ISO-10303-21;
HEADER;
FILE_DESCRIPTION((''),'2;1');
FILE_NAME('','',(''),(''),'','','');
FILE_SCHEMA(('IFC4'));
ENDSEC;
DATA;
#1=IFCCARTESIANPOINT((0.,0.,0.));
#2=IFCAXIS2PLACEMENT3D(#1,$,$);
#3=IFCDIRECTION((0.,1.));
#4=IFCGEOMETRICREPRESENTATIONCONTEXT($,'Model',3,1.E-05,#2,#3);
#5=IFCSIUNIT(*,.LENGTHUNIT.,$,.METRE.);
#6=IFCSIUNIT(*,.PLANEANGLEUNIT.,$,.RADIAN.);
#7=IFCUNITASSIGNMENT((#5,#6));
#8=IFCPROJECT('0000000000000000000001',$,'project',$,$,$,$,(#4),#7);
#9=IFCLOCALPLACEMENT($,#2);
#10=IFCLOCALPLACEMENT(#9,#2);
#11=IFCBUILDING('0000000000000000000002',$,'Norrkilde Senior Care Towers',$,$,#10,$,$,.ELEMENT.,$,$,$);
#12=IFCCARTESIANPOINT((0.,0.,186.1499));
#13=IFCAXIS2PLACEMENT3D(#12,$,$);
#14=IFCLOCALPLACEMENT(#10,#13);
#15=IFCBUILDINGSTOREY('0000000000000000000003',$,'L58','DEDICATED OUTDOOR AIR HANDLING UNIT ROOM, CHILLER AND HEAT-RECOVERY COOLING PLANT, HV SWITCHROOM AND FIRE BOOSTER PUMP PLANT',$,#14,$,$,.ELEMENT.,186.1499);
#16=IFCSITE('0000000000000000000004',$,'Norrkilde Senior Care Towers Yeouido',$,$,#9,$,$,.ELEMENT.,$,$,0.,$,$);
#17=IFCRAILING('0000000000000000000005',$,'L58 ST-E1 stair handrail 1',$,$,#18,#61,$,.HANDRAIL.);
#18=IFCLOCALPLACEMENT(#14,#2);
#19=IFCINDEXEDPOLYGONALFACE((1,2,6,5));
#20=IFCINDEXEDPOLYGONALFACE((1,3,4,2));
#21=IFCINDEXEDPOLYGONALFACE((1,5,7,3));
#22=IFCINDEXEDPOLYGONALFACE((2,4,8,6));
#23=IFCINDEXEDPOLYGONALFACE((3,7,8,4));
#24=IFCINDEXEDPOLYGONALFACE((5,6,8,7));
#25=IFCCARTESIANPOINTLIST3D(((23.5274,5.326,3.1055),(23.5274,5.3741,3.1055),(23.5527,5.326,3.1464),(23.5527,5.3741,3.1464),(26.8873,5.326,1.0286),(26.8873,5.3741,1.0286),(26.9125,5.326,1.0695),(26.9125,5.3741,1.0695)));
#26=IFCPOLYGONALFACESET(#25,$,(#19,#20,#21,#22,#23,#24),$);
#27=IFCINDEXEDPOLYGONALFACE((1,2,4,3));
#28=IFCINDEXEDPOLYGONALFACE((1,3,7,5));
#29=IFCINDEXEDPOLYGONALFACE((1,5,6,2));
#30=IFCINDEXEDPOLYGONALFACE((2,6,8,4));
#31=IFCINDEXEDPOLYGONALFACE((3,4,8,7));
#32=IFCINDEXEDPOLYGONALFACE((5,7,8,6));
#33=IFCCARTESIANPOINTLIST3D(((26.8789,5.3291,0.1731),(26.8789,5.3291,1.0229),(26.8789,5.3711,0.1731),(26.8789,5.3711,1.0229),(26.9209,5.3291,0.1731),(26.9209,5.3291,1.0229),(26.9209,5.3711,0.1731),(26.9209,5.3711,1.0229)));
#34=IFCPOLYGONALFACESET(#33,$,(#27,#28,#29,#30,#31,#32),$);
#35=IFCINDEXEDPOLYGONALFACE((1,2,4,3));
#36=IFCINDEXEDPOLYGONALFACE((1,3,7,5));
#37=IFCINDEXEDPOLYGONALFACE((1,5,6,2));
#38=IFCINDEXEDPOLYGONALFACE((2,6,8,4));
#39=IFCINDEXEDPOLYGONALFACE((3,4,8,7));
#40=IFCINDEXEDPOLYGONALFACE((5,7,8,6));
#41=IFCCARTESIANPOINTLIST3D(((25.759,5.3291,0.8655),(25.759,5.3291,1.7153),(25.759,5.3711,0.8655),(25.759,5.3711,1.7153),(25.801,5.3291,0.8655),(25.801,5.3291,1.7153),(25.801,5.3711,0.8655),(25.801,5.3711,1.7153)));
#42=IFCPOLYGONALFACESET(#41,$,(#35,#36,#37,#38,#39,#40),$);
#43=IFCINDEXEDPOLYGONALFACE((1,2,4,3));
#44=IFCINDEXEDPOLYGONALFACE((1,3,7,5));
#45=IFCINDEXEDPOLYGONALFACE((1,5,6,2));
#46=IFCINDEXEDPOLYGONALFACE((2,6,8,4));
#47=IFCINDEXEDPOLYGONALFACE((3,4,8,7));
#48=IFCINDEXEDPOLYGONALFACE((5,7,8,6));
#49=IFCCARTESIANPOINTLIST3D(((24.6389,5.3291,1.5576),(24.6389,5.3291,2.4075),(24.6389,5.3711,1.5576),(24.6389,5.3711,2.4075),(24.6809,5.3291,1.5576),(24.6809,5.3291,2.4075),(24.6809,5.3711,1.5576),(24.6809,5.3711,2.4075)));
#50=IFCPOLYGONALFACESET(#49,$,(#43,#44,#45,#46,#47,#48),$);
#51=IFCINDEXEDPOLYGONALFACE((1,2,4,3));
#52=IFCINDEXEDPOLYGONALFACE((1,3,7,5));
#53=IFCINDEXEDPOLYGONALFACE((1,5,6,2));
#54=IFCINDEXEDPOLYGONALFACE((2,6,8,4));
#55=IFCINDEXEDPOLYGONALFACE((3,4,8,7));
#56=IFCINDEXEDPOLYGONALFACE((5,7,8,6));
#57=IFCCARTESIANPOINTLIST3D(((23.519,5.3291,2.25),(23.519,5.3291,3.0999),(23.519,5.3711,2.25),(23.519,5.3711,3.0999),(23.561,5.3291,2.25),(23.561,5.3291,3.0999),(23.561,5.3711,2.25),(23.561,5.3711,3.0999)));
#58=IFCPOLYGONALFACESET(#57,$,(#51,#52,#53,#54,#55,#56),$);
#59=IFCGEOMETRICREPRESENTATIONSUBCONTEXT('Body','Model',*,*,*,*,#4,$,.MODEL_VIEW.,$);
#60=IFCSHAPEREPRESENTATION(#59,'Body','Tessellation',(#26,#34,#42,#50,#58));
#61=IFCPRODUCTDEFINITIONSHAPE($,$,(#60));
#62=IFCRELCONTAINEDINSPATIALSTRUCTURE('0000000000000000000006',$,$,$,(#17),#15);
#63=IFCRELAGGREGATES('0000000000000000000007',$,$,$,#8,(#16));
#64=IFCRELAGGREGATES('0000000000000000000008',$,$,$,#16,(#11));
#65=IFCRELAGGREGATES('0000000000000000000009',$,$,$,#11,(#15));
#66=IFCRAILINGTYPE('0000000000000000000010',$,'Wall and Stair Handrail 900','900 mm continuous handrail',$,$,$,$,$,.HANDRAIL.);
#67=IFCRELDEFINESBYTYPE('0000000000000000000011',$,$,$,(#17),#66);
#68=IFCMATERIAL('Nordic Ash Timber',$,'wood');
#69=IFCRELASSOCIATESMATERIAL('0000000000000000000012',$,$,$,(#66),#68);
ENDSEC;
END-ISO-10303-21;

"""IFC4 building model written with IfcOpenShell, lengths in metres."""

from ifc_helpers import new_model, si_unit, direction, frame, origin, origin_2d, place, context, subcontext, project, spatial, rectangle, extrude, material, type_object, element, save


model = new_model("IFC4")

# Units and contexts
model_context = context("Model", 3, precision=1e-05, world=origin(), true_north=direction((0.0, 1.0)))
body_context = subcontext(model_context, "Body", "Model", "MODEL_VIEW")
ifc_project = project(units=[si_unit("LENGTHUNIT", "METRE"), si_unit("PLANEANGLEUNIT", "RADIAN")], contexts=[model_context])

# Site, building, storey
site_placement = place(None, origin())
site = spatial("IfcSite", under=ifc_project, at=site_placement, Name="Norrkilde Senior Care Towers Yeouido", CompositionType="ELEMENT", RefElevation=0.0)
building_placement = place(site_placement, origin())
building = spatial("IfcBuilding", under=site, at=building_placement, Name="Norrkilde Senior Care Towers", CompositionType="ELEMENT")
storey_placement = place(building_placement, frame((0.0, 0.0, 186.1499)))
storey = spatial("IfcBuildingStorey", under=building, at=storey_placement, Name="L58", Description="DEDICATED OUTDOOR AIR HANDLING UNIT ROOM, CHILLER AND HEAT-RECOVERY COOLING PLANT, HV SWITCHROOM AND FIRE BOOSTER PUMP PLANT", CompositionType="ELEMENT", Elevation=186.1499)

# Railing
ifc_material_1 = material(Name="Nordic Ash Timber", Category="wood")
railing_type_1 = type_object("IfcRailingType", Name="Wall and Stair Handrail 900", Description="900 mm continuous handrail", PredefinedType="HANDRAIL", material=ifc_material_1)
railing_1_placement = place(storey_placement, frame((26.8999, 5.3501, 0.1731)))
element("IfcRailing", 1, at=railing_1_placement, inside=storey, type_object=railing_type_1, Name="L58 ST-E1 stair handrail 1", PredefinedType="HANDRAIL", context=body_context, shape_type="SweptSolid", body=[
    extrude(rectangle(XDim=0.0481, YDim=0.0481, at=origin_2d()), frame((0.0, 0.0, 0.876), z_axis=(-0.850606, 0.0, 0.525803), x_axis=(0.0, -1.0, 0.0)), (0.0, 0.0, 1.0), 3.95),
    extrude(rectangle(XDim=0.042, YDim=0.042, at=origin_2d()), origin(), (0.0, 0.0, 1.0), 0.8499),
    extrude(rectangle(XDim=0.042, YDim=0.042, at=origin_2d()), frame((-1.1199, 0.0, 0.6924)), (0.0, 0.0, 1.0), 0.8499),
    extrude(rectangle(XDim=0.042, YDim=0.042, at=origin_2d()), frame((-2.24, 0.0, 1.3845)), (0.0, 0.0, 1.0), 0.8499),
    extrude(rectangle(XDim=0.042, YDim=0.042, at=origin_2d()), frame((-3.3599, 0.0, 2.0769)), (0.0, 0.0, 1.0), 0.8499),
])

save(model, "model.ifc")
